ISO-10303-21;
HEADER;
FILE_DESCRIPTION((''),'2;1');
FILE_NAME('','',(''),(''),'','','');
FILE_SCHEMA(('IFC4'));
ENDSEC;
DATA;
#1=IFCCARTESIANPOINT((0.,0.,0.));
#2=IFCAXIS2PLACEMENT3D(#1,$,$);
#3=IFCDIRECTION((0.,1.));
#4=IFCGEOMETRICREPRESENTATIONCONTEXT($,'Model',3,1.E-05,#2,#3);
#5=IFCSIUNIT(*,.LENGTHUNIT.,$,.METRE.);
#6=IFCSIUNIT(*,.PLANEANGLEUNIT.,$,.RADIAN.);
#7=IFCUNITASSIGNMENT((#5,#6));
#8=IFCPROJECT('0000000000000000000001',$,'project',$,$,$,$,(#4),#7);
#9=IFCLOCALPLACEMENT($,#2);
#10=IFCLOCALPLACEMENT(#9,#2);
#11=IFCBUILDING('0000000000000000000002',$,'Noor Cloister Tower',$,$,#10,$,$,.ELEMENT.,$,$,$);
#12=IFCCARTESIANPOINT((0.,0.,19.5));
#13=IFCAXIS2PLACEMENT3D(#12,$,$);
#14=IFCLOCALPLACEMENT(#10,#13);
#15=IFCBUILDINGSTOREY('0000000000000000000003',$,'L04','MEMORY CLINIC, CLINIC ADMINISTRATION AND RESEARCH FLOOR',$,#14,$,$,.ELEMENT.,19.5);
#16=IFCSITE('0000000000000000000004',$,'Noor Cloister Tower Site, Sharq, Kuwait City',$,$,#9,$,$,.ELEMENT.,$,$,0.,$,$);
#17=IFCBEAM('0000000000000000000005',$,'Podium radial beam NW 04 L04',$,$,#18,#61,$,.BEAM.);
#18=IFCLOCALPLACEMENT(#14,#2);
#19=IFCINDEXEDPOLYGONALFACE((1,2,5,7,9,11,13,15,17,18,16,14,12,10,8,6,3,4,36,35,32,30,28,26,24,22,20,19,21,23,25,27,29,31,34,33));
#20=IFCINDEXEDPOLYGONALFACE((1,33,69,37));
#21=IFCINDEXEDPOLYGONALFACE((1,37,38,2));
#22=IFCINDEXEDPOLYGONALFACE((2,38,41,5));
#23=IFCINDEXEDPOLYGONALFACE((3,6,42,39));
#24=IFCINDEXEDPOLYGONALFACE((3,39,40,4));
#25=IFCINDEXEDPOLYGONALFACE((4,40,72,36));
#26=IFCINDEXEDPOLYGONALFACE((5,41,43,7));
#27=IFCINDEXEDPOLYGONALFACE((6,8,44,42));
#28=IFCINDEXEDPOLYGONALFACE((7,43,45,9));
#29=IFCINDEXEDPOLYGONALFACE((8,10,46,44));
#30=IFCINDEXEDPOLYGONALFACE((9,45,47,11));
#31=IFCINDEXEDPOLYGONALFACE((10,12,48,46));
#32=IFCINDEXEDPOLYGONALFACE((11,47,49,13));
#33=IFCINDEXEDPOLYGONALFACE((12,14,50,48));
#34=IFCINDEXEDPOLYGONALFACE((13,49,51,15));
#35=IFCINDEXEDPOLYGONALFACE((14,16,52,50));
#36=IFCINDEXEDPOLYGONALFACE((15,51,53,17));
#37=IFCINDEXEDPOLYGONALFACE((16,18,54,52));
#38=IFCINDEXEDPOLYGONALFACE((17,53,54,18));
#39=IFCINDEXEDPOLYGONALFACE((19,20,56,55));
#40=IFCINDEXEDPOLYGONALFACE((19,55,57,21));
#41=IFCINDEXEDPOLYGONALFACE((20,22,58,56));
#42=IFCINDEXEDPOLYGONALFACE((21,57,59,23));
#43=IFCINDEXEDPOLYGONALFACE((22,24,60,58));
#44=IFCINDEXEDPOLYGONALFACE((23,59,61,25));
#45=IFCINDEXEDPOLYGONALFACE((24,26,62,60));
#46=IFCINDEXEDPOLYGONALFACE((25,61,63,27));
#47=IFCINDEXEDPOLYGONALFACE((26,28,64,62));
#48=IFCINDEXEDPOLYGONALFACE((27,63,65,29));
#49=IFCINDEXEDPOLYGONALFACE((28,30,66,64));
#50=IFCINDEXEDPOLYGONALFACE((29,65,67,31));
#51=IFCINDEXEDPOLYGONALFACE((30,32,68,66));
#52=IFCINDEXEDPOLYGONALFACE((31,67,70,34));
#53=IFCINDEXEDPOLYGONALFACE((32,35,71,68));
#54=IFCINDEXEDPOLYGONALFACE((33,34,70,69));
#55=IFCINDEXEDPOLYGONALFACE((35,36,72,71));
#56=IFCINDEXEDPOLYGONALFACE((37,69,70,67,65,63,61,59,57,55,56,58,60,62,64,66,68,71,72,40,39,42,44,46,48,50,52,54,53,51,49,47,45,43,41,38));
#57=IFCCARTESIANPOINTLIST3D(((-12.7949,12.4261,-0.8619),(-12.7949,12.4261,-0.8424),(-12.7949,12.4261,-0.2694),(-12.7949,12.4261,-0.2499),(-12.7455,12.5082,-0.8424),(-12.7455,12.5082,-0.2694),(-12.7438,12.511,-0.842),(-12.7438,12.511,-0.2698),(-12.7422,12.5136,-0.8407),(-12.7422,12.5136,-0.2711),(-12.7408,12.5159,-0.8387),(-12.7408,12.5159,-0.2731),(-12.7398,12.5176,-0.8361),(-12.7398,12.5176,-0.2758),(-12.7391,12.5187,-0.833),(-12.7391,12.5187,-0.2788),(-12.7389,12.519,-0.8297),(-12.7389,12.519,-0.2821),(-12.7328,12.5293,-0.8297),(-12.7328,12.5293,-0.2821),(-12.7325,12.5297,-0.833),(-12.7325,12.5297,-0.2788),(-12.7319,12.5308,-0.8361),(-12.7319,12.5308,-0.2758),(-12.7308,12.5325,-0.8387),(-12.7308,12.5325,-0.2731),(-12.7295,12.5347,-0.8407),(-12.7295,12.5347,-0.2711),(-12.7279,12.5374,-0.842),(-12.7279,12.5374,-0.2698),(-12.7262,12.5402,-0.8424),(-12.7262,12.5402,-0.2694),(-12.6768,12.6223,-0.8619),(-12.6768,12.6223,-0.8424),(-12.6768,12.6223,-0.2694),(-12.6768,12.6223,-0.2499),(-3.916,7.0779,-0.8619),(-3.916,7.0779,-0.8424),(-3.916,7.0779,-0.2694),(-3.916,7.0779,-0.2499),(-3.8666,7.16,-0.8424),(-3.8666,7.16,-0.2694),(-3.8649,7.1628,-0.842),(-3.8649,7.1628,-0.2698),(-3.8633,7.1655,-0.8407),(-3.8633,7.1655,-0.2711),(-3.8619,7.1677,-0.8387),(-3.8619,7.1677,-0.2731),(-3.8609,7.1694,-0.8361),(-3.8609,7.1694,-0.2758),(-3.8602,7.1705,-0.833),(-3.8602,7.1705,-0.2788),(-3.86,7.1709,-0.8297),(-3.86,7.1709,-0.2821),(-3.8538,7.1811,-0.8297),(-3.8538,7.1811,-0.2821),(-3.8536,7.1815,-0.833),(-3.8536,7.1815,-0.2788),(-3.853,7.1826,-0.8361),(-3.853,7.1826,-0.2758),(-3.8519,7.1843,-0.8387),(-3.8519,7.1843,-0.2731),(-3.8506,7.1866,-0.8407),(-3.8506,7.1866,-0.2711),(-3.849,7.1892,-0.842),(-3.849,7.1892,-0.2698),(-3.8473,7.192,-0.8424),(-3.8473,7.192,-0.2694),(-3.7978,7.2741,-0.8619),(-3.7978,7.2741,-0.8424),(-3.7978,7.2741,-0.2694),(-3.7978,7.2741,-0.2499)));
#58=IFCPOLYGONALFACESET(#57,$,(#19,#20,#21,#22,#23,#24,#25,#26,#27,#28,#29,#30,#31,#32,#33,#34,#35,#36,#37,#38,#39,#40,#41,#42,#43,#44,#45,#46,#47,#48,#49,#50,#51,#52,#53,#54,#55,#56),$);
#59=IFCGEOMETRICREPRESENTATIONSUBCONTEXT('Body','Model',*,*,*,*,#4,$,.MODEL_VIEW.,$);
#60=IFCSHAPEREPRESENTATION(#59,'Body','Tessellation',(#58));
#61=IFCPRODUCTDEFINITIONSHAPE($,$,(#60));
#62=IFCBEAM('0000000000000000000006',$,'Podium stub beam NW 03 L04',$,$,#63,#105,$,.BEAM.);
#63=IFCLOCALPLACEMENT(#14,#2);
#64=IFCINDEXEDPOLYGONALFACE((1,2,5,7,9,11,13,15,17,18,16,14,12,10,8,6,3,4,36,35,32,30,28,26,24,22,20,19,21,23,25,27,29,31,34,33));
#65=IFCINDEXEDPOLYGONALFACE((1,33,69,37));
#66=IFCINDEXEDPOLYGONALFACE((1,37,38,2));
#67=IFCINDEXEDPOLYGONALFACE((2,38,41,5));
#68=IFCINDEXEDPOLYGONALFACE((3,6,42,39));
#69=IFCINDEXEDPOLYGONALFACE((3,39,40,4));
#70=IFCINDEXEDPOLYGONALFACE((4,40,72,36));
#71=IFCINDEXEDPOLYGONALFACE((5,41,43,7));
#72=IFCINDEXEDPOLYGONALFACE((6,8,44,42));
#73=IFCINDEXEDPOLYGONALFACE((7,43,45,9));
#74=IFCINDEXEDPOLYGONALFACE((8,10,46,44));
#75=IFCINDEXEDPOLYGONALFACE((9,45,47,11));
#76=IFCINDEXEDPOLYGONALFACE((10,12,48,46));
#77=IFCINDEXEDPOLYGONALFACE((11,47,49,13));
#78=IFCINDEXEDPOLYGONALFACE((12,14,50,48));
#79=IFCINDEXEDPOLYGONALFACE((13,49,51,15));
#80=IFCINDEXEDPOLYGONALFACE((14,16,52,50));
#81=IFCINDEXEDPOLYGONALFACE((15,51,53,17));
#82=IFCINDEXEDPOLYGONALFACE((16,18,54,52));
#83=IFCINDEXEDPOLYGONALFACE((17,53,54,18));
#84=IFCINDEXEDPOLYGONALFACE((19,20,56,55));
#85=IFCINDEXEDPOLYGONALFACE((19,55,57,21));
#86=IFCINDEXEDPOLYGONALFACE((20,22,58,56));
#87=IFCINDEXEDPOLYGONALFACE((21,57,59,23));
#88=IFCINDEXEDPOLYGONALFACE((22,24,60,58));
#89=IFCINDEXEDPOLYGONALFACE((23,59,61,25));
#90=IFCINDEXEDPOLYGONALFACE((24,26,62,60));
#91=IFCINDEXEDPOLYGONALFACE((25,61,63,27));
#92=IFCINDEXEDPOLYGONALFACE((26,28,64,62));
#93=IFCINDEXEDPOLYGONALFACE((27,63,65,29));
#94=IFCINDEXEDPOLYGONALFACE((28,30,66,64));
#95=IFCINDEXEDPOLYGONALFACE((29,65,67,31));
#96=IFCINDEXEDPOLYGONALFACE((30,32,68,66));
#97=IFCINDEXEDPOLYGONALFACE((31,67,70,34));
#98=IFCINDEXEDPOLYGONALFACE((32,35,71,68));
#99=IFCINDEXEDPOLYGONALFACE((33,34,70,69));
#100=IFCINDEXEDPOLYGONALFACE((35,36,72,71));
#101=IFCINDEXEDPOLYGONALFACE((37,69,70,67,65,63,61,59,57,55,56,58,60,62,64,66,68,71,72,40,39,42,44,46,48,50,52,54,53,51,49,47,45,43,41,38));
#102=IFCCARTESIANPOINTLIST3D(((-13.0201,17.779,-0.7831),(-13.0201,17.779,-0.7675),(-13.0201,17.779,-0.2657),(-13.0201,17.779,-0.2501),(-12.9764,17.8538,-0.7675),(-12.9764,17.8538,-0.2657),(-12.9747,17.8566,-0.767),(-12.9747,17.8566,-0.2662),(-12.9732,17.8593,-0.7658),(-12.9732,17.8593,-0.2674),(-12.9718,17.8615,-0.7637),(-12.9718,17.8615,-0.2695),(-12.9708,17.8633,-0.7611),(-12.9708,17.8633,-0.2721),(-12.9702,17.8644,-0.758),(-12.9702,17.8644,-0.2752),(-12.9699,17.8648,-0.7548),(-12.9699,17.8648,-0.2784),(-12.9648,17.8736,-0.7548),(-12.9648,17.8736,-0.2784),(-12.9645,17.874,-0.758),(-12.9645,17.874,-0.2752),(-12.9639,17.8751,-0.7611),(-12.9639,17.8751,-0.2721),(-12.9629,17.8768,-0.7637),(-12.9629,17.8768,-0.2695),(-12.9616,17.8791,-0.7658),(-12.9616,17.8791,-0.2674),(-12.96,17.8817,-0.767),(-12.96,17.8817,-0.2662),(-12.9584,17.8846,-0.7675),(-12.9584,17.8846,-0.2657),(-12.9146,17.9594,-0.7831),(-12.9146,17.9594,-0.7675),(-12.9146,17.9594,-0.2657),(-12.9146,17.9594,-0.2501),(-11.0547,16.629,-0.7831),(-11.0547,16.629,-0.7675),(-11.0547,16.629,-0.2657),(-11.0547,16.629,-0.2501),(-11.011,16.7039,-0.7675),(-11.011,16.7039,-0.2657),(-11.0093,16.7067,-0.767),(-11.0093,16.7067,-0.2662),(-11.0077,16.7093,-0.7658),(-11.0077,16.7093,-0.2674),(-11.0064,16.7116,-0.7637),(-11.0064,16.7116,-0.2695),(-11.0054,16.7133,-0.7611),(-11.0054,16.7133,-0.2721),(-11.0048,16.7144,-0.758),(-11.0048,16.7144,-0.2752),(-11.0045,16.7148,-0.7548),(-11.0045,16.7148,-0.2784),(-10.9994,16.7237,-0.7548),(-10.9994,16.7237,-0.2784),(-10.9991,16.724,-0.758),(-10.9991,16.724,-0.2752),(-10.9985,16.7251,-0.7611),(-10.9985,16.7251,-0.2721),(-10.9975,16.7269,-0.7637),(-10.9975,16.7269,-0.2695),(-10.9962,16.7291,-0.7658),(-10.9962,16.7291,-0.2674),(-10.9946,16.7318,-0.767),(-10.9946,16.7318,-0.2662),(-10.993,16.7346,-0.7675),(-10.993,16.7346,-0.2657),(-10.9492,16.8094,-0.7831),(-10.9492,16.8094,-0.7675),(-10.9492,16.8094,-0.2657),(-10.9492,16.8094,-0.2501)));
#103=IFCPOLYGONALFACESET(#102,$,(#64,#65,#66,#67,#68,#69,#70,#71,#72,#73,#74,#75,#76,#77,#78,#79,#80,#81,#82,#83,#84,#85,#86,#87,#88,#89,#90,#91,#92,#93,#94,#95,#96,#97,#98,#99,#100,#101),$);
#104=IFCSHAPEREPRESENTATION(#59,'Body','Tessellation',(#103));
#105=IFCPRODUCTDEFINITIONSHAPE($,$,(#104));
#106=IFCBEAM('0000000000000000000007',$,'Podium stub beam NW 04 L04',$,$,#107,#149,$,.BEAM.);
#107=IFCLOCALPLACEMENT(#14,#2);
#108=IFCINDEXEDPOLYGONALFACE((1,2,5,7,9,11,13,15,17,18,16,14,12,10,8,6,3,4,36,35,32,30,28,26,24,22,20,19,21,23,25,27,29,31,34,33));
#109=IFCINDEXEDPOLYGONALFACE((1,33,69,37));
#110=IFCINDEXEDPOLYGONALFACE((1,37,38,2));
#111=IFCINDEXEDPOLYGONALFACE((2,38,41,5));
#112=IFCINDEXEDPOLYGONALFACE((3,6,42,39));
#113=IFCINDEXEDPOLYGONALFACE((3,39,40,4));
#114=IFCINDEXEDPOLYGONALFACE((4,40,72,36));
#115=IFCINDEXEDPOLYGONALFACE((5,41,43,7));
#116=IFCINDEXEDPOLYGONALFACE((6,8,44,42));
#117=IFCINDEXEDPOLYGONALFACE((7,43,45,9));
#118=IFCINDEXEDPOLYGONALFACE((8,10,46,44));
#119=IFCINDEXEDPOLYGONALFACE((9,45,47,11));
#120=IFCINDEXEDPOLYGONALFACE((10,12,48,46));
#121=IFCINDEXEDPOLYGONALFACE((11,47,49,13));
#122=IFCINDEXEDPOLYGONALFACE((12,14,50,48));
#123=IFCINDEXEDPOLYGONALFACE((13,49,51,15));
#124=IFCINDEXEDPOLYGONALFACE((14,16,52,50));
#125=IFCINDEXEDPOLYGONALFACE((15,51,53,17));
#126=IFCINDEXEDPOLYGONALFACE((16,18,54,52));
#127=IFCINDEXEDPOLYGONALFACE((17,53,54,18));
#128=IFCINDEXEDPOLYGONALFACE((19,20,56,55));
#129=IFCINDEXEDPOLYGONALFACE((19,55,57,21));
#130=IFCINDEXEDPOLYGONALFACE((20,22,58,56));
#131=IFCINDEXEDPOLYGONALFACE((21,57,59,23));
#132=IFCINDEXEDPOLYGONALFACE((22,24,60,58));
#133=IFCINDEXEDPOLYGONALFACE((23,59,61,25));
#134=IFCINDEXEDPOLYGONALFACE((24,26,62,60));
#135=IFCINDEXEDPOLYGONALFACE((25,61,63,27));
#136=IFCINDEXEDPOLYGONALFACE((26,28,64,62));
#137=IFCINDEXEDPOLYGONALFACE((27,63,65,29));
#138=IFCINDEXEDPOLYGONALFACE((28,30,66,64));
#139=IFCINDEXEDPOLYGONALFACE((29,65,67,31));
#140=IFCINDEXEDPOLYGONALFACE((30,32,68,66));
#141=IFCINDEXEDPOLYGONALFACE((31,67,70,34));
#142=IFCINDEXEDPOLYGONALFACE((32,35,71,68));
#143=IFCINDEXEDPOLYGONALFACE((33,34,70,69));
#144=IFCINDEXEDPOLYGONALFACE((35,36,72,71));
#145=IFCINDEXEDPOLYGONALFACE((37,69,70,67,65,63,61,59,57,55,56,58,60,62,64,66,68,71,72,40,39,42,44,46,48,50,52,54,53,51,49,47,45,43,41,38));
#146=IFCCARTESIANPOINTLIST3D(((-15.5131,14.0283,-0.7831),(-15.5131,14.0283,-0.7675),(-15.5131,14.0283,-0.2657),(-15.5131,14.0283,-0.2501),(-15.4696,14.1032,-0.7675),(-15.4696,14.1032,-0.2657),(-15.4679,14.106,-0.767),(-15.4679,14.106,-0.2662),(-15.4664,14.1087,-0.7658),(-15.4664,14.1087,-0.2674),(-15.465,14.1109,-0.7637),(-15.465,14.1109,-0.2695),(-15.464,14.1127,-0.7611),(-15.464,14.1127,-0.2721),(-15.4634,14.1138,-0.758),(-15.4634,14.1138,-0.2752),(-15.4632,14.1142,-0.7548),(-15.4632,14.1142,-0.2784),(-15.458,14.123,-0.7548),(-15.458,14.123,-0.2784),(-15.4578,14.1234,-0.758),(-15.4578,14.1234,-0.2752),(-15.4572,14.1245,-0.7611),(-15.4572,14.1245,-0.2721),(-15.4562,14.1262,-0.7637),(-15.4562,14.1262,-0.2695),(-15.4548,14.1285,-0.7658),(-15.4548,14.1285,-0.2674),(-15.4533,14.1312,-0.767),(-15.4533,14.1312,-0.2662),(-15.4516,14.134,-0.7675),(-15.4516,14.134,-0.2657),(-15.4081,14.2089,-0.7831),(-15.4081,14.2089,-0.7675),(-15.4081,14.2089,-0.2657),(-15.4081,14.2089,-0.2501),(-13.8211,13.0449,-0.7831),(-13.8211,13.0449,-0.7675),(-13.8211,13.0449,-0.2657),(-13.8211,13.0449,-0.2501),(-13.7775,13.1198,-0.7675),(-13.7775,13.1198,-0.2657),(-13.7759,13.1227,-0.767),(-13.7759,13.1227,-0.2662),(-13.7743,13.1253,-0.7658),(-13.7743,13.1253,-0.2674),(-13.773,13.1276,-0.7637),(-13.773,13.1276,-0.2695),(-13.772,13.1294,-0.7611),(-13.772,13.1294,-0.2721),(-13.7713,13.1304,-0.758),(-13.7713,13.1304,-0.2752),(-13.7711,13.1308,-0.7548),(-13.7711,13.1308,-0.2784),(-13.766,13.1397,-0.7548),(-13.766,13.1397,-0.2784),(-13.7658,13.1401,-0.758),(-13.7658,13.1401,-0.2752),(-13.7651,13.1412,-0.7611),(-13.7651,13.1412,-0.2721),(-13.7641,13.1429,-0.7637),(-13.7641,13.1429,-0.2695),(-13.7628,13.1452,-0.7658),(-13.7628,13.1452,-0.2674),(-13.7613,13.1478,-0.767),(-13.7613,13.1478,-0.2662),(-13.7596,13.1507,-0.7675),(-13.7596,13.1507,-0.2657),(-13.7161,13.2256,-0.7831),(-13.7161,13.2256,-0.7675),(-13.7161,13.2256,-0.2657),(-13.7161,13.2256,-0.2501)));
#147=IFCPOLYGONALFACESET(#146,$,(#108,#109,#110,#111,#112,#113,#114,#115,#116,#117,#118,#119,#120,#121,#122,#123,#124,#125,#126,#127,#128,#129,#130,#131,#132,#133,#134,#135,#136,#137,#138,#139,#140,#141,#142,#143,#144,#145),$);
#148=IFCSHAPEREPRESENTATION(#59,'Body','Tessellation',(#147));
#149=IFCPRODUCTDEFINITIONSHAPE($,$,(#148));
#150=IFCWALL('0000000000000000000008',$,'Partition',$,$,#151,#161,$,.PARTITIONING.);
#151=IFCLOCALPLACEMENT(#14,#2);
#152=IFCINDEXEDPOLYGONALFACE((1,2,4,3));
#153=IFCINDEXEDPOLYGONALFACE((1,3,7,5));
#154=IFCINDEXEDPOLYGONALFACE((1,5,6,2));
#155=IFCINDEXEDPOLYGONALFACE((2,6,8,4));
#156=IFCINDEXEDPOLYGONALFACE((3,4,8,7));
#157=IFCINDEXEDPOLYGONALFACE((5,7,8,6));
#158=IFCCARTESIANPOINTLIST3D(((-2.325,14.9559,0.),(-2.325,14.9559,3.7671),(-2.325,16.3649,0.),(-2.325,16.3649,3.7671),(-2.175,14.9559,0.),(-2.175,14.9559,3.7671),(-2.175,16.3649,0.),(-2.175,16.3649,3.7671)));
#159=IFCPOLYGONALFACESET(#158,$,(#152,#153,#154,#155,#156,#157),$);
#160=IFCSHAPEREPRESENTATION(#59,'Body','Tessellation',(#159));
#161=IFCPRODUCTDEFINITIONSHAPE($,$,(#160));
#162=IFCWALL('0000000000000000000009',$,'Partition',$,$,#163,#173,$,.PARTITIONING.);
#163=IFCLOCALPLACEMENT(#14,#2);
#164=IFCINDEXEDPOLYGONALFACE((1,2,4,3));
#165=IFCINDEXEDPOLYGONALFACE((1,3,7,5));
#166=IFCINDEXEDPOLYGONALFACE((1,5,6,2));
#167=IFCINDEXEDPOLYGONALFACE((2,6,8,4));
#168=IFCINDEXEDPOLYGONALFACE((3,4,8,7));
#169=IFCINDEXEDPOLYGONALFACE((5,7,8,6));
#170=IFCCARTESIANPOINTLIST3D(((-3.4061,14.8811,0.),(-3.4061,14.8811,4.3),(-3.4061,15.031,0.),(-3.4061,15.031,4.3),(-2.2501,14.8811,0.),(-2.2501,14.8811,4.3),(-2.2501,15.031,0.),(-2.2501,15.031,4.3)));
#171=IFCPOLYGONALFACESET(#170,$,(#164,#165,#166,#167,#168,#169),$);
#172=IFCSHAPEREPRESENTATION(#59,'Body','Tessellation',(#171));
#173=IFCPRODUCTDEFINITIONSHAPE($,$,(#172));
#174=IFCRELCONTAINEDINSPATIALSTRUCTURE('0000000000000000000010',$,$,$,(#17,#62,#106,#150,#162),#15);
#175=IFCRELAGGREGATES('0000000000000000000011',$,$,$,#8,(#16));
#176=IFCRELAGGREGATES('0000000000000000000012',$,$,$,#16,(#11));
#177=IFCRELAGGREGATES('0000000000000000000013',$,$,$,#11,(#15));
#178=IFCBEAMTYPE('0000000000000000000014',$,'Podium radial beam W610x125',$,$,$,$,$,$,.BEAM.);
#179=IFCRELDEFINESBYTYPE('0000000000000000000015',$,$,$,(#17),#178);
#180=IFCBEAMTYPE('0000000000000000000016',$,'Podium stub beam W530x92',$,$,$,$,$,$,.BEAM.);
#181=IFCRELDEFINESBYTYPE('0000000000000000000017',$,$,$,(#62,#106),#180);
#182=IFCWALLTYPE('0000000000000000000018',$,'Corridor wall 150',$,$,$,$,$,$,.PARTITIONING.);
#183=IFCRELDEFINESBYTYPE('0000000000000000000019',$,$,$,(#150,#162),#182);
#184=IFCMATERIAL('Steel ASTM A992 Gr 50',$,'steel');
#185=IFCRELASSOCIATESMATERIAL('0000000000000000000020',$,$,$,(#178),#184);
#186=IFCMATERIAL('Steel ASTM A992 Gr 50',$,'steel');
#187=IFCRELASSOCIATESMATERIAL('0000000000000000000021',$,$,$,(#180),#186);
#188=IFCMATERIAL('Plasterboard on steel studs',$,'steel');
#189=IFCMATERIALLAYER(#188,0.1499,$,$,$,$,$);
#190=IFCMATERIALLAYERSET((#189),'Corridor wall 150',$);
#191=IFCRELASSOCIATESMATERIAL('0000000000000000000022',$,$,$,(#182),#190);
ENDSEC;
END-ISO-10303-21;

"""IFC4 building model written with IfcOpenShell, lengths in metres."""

from ifc_helpers import new_model, si_unit, direction, frame, frame_2d, origin, origin_2d, place, context, subcontext, project, spatial, rectangle, i_section, extrude, material, layer, layer_set, material_profile, profile_set, type_object, element, save


model = new_model("IFC4")

# Units and contexts
model_context = context("Model", 3, precision=1e-05, world=origin(), true_north=direction((0.0, 1.0)))
body_context = subcontext(model_context, "Body", "Model", "MODEL_VIEW")
ifc_project = project(units=[si_unit("LENGTHUNIT", "METRE"), si_unit("PLANEANGLEUNIT", "RADIAN")], contexts=[model_context])

# Site, building, storey
site_placement = place(None, origin())
site = spatial("IfcSite", under=ifc_project, at=site_placement, Name="Noor Cloister Tower Site, Sharq, Kuwait City", CompositionType="ELEMENT", RefElevation=0.0)
building_placement = place(site_placement, origin())
building = spatial("IfcBuilding", under=site, at=building_placement, Name="Noor Cloister Tower", CompositionType="ELEMENT")
storey_placement = place(building_placement, frame((0.0, 0.0, 19.5)))
storey = spatial("IfcBuildingStorey", under=building, at=storey_placement, Name="L04", Description="MEMORY CLINIC, CLINIC ADMINISTRATION AND RESEARCH FLOOR", CompositionType="ELEMENT", Elevation=19.5)

# Beams
ifc_material_1 = material(Name="Steel ASTM A992 Gr 50", Category="steel")
ifc_material_profile_1 = material_profile(ifc_material_1, i_section(OverallWidth=0.229, OverallDepth=0.6121, WebThickness=0.012, FlangeThickness=0.0195, FilletRadius=0.0127, at=origin_2d()), Name="W610x125")
ifc_profile_set_1 = profile_set([ifc_material_profile_1], Name="Steel ASTM A992 Gr 50")
beam_type_1 = type_object("IfcBeamType", Name="Podium radial beam W610x125", PredefinedType="BEAM", material=ifc_profile_set_1)
beam_1_placement = place(storey_placement, frame((-12.7358, 12.5242, -0.5559), z_axis=(0.856606, -0.515971, 0.0), x_axis=(0.515971, 0.856606, 0.0)))
element("IfcBeam", 1, at=beam_1_placement, inside=storey, type_object=beam_type_1, Name="Podium radial beam NW 04 L04", PredefinedType="BEAM", context=body_context, shape_type="SweptSolid", body=[
    extrude(i_section(OverallWidth=0.229, OverallDepth=0.6121, WebThickness=0.012, FlangeThickness=0.0195, FilletRadius=0.0127, at=origin_2d()), origin(), (0.0, 0.0, 1.0), 10.3652),
])
ifc_material_2 = material(Name="Steel ASTM A992 Gr 50", Category="steel")
ifc_material_profile_2 = material_profile(ifc_material_2, i_section(OverallWidth=0.209, OverallDepth=0.533, WebThickness=0.0103, FlangeThickness=0.0156, FilletRadius=0.0127, at=origin_2d()), Name="W530x92")
ifc_profile_set_2 = profile_set([ifc_material_profile_2], Name="Steel ASTM A992 Gr 50")
beam_type_2 = type_object("IfcBeamType", Name="Podium stub beam W530x92", PredefinedType="BEAM", material=ifc_profile_set_2)
beam_2_placement = place(storey_placement, frame((-11.002, 16.7192, -0.5166), z_axis=(-0.863117, 0.505004, 0.0), x_axis=(-0.505004, -0.863117, 0.0)))
element("IfcBeam", 2, at=beam_2_placement, inside=storey, type_object=beam_type_2, Name="Podium stub beam NW 03 L04", PredefinedType="BEAM", context=body_context, shape_type="SweptSolid", body=[
    extrude(i_section(OverallWidth=0.209, OverallDepth=0.533, WebThickness=0.0103, FlangeThickness=0.0156, FilletRadius=0.0127, at=origin_2d()), origin(), (0.0, 0.0, 1.0), 2.2771),
])
beam_3_placement = place(storey_placement, frame((-13.7686, 13.1353, -0.5166), z_axis=(-0.864597, 0.502467, 0.0), x_axis=(-0.502467, -0.864597, 0.0)))
element("IfcBeam", 3, at=beam_3_placement, inside=storey, type_object=beam_type_2, Name="Podium stub beam NW 04 L04", PredefinedType="BEAM", context=body_context, shape_type="SweptSolid", body=[
    extrude(i_section(OverallWidth=0.209, OverallDepth=0.533, WebThickness=0.0103, FlangeThickness=0.0156, FilletRadius=0.0127, at=origin_2d()), origin(), (0.0, 0.0, 1.0), 1.957),
])

# Walls
ifc_material_3 = material(Name="Plasterboard on steel studs", Category="steel")
ifc_layer_1 = layer(ifc_material_3, 0.1499)
ifc_layer_set_1 = layer_set([ifc_layer_1], Name="Corridor wall 150")
wall_type_1 = type_object("IfcWallType", Name="Corridor wall 150", PredefinedType="PARTITIONING", material=ifc_layer_set_1)
wall_1_placement = place(storey_placement, frame((-2.25, 16.365, 0.0), z_axis=(0.0, 0.0, 1.0), x_axis=(0.0, -1.0, 0.0)))
element("IfcWall", 4, at=wall_1_placement, inside=storey, type_object=wall_type_1, Name="Partition", PredefinedType="PARTITIONING", context=body_context, shape_type="SweptSolid", body=[
    extrude(rectangle(XDim=1.4089, YDim=0.1499, at=frame_2d((0.7046, 0.0))), origin(), (0.0, 0.0, 1.0), 3.7671),
])
wall_2_placement = place(storey_placement, frame((-2.25, 14.9561, 0.0), z_axis=(0.0, 0.0, 1.0), x_axis=(-1.0, 0.0, 0.0)))
element("IfcWall", 5, at=wall_2_placement, inside=storey, type_object=wall_type_1, Name="Partition", PredefinedType="PARTITIONING", context=body_context, shape_type="SweptSolid", body=[
    extrude(rectangle(XDim=1.156, YDim=0.1499, at=frame_2d((0.5781, 0.0))), origin(), (0.0, 0.0, 1.0), 4.3),
])

save(model, "model.ifc")
